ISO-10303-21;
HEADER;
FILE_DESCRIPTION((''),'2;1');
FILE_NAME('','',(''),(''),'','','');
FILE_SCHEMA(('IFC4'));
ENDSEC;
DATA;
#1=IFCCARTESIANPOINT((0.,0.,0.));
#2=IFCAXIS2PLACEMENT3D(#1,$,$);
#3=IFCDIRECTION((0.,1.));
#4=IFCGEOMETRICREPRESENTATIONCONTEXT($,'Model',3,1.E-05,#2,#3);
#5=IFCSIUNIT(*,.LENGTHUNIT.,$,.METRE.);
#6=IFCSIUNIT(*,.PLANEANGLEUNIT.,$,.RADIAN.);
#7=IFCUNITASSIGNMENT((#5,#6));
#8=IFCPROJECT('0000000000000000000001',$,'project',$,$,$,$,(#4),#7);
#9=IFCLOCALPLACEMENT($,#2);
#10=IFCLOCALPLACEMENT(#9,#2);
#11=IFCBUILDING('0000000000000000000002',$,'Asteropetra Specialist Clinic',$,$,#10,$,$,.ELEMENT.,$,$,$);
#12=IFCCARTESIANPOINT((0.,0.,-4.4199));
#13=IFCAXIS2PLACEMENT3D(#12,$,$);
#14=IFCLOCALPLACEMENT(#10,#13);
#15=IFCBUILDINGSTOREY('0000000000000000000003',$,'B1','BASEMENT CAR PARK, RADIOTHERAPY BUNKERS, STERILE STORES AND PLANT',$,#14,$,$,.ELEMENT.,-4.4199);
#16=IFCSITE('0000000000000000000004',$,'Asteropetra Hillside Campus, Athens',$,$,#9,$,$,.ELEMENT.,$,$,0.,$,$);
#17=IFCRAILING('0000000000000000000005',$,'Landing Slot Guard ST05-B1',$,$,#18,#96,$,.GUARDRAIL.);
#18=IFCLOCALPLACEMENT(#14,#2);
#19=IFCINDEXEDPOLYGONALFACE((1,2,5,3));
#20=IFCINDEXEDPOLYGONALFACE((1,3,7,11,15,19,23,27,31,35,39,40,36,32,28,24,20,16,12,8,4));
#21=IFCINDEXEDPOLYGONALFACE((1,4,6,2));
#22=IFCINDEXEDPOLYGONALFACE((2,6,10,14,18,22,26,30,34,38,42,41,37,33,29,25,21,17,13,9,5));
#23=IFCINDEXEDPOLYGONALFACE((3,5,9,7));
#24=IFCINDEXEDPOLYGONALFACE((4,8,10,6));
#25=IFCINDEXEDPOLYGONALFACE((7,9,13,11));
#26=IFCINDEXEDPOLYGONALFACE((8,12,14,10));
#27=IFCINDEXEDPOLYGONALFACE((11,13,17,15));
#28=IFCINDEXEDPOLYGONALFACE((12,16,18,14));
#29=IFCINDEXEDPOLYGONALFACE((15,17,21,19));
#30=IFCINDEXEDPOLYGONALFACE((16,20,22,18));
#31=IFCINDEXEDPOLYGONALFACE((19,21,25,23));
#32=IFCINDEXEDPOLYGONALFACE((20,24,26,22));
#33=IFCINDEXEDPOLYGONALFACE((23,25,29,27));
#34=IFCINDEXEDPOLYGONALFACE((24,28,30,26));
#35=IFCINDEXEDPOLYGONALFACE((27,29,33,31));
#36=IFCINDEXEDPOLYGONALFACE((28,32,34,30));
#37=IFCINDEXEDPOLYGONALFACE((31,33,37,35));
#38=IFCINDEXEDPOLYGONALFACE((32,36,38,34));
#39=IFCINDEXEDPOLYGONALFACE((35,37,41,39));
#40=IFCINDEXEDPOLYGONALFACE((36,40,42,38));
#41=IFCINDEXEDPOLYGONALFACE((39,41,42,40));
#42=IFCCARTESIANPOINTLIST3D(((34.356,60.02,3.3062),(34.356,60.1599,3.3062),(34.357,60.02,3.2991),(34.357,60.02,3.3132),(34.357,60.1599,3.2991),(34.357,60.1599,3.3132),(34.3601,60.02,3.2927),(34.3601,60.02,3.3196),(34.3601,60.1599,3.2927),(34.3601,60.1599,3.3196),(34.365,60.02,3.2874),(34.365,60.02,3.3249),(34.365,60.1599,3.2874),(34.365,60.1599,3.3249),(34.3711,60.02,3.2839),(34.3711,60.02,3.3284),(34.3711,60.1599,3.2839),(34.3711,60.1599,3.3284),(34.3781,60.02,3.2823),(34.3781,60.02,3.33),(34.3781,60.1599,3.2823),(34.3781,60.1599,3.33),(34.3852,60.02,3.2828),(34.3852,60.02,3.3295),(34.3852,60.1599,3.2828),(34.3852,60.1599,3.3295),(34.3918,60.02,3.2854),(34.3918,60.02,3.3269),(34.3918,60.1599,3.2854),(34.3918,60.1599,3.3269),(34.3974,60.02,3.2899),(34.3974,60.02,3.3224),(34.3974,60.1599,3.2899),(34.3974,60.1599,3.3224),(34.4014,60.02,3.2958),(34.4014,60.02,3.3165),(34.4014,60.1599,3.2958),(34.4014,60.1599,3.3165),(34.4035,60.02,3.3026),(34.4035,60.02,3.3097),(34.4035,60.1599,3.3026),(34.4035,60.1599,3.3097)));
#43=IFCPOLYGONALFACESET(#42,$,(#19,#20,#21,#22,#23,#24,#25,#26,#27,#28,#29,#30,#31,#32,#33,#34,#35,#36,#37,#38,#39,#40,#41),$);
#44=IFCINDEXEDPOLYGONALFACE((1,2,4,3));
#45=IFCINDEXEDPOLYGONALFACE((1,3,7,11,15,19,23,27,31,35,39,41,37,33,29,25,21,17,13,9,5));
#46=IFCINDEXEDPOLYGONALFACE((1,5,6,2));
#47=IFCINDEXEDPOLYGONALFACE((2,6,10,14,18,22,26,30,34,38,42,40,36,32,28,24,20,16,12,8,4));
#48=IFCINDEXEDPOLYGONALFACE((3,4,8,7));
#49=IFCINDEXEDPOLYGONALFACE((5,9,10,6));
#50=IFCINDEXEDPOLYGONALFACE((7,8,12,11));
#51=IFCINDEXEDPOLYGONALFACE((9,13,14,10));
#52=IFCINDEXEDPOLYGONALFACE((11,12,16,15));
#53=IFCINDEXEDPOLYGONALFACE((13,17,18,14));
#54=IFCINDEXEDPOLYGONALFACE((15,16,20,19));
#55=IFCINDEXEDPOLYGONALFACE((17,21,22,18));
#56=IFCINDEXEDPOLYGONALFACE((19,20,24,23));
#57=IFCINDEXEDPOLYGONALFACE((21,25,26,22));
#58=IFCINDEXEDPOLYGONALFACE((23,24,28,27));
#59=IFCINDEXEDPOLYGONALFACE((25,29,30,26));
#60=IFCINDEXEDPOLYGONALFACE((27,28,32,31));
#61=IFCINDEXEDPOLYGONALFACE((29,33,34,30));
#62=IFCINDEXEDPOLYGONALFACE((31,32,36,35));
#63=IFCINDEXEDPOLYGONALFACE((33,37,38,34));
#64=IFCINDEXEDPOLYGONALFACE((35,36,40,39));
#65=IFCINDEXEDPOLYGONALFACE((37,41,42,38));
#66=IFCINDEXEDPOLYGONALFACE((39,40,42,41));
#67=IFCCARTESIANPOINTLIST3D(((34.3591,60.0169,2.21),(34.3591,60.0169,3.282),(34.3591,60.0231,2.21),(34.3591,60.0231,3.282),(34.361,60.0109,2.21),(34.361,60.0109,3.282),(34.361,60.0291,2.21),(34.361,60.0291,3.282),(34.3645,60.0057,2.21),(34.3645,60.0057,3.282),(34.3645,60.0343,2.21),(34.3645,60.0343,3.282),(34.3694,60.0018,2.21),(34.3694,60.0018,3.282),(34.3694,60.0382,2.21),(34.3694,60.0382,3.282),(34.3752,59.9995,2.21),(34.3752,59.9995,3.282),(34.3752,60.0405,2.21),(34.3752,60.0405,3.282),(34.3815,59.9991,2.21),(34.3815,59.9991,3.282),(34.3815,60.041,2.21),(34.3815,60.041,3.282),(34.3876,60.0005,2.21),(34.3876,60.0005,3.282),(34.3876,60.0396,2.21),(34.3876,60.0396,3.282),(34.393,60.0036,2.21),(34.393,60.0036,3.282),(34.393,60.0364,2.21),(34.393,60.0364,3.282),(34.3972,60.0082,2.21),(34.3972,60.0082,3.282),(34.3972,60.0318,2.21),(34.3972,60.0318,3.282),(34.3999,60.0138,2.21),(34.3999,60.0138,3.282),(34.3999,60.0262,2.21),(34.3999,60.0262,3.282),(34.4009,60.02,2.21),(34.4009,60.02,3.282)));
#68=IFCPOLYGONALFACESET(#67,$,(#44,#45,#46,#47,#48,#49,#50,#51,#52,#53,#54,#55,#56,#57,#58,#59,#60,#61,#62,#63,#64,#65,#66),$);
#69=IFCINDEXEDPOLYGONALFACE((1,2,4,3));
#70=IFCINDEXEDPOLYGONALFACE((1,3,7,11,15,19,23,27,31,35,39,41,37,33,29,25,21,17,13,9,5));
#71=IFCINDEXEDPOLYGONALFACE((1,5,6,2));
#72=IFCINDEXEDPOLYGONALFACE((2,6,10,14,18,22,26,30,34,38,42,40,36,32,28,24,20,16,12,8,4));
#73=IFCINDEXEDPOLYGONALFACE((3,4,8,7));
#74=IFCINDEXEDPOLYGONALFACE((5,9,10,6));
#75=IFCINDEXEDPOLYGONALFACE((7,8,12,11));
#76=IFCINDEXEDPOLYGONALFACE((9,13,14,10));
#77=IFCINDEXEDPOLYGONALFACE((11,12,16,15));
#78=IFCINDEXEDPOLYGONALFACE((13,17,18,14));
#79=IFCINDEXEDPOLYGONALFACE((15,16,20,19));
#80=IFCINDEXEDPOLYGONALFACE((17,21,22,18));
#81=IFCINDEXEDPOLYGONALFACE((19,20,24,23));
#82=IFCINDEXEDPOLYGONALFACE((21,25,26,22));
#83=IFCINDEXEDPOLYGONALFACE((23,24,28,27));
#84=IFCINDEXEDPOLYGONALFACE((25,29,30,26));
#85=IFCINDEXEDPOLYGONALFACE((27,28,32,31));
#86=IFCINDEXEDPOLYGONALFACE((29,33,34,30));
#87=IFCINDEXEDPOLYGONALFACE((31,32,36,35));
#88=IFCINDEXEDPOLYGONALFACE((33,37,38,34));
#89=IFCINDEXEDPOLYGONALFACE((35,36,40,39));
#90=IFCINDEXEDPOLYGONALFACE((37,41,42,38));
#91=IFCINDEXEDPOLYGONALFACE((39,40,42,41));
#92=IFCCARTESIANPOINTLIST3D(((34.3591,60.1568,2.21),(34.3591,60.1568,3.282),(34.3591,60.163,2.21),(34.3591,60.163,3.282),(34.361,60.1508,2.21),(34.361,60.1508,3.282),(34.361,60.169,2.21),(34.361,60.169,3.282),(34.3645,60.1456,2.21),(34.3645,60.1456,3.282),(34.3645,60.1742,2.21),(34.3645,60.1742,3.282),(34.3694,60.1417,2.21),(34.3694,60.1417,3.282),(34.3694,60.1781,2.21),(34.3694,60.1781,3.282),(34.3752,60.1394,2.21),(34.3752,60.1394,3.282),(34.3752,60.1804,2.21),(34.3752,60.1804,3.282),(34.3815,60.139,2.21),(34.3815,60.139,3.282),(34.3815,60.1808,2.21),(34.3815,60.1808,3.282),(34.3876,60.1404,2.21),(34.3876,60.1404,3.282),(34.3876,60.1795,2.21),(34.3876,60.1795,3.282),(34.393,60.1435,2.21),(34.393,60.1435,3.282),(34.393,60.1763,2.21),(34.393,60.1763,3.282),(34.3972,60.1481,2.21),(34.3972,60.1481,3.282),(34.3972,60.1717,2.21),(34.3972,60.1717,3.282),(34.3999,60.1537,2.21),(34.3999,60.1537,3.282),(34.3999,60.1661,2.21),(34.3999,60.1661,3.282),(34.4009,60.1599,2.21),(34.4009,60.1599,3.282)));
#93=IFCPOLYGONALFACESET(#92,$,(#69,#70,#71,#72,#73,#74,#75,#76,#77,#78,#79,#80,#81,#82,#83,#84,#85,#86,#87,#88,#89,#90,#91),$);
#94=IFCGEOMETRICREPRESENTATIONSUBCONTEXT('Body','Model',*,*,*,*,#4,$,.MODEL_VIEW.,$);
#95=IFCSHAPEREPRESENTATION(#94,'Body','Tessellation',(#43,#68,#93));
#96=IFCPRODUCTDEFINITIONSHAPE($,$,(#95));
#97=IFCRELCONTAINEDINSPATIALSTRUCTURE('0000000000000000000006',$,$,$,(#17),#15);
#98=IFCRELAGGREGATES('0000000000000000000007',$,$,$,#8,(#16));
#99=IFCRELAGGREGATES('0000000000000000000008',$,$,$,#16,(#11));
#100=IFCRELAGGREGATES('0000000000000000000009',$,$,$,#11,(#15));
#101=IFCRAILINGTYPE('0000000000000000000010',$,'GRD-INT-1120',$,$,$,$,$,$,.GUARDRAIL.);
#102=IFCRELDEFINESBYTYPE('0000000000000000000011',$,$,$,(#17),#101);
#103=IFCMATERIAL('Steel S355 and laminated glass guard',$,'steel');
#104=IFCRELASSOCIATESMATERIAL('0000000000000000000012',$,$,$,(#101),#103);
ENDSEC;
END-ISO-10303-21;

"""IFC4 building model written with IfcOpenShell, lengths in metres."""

from ifc_helpers import new_model, si_unit, direction, frame, origin, origin_2d, place, context, subcontext, project, spatial, circle, extrude, material, type_object, element, save


model = new_model("IFC4")

# Units and contexts
model_context = context("Model", 3, precision=1e-05, world=origin(), true_north=direction((0.0, 1.0)))
body_context = subcontext(model_context, "Body", "Model", "MODEL_VIEW")
ifc_project = project(units=[si_unit("LENGTHUNIT", "METRE"), si_unit("PLANEANGLEUNIT", "RADIAN")], contexts=[model_context])

# Site, building, storey
site_placement = place(None, origin())
site = spatial("IfcSite", under=ifc_project, at=site_placement, Name="Asteropetra Hillside Campus, Athens", CompositionType="ELEMENT", RefElevation=0.0)
building_placement = place(site_placement, origin())
building = spatial("IfcBuilding", under=site, at=building_placement, Name="Asteropetra Specialist Clinic", CompositionType="ELEMENT")
storey_placement = place(building_placement, frame((0.0, 0.0, -4.4199)))
storey = spatial("IfcBuildingStorey", under=building, at=storey_placement, Name="B1", Description="BASEMENT CAR PARK, RADIOTHERAPY BUNKERS, STERILE STORES AND PLANT", CompositionType="ELEMENT", Elevation=-4.4199)

# Railing
ifc_material_1 = material(Name="Steel S355 and laminated glass guard", Category="steel")
railing_type_1 = type_object("IfcRailingType", Name="GRD-INT-1120", PredefinedType="GUARDRAIL", material=ifc_material_1)
railing_1_placement = place(storey_placement, frame((34.3799, 60.02, 2.21)))
element("IfcRailing", 1, at=railing_1_placement, inside=storey, type_object=railing_type_1, Name="Landing Slot Guard ST05-B1", PredefinedType="GUARDRAIL", context=body_context, shape_type="SweptSolid", body=[
    extrude(circle(Radius=0.0239, at=origin_2d()), frame((0.0, 0.0, 1.0962), z_axis=(0.0, 1.0, 0.0), x_axis=(-1.0, 0.0, 0.0)), (0.0, 0.0, 1.0), 0.1399),
    extrude(circle(Radius=0.021, at=origin_2d()), origin(), (0.0, 0.0, 1.0), 1.072),
    extrude(circle(Radius=0.021, at=origin_2d()), frame((0.0, 0.1399, 0.0)), (0.0, 0.0, 1.0), 1.072),
])

save(model, "model.ifc")
